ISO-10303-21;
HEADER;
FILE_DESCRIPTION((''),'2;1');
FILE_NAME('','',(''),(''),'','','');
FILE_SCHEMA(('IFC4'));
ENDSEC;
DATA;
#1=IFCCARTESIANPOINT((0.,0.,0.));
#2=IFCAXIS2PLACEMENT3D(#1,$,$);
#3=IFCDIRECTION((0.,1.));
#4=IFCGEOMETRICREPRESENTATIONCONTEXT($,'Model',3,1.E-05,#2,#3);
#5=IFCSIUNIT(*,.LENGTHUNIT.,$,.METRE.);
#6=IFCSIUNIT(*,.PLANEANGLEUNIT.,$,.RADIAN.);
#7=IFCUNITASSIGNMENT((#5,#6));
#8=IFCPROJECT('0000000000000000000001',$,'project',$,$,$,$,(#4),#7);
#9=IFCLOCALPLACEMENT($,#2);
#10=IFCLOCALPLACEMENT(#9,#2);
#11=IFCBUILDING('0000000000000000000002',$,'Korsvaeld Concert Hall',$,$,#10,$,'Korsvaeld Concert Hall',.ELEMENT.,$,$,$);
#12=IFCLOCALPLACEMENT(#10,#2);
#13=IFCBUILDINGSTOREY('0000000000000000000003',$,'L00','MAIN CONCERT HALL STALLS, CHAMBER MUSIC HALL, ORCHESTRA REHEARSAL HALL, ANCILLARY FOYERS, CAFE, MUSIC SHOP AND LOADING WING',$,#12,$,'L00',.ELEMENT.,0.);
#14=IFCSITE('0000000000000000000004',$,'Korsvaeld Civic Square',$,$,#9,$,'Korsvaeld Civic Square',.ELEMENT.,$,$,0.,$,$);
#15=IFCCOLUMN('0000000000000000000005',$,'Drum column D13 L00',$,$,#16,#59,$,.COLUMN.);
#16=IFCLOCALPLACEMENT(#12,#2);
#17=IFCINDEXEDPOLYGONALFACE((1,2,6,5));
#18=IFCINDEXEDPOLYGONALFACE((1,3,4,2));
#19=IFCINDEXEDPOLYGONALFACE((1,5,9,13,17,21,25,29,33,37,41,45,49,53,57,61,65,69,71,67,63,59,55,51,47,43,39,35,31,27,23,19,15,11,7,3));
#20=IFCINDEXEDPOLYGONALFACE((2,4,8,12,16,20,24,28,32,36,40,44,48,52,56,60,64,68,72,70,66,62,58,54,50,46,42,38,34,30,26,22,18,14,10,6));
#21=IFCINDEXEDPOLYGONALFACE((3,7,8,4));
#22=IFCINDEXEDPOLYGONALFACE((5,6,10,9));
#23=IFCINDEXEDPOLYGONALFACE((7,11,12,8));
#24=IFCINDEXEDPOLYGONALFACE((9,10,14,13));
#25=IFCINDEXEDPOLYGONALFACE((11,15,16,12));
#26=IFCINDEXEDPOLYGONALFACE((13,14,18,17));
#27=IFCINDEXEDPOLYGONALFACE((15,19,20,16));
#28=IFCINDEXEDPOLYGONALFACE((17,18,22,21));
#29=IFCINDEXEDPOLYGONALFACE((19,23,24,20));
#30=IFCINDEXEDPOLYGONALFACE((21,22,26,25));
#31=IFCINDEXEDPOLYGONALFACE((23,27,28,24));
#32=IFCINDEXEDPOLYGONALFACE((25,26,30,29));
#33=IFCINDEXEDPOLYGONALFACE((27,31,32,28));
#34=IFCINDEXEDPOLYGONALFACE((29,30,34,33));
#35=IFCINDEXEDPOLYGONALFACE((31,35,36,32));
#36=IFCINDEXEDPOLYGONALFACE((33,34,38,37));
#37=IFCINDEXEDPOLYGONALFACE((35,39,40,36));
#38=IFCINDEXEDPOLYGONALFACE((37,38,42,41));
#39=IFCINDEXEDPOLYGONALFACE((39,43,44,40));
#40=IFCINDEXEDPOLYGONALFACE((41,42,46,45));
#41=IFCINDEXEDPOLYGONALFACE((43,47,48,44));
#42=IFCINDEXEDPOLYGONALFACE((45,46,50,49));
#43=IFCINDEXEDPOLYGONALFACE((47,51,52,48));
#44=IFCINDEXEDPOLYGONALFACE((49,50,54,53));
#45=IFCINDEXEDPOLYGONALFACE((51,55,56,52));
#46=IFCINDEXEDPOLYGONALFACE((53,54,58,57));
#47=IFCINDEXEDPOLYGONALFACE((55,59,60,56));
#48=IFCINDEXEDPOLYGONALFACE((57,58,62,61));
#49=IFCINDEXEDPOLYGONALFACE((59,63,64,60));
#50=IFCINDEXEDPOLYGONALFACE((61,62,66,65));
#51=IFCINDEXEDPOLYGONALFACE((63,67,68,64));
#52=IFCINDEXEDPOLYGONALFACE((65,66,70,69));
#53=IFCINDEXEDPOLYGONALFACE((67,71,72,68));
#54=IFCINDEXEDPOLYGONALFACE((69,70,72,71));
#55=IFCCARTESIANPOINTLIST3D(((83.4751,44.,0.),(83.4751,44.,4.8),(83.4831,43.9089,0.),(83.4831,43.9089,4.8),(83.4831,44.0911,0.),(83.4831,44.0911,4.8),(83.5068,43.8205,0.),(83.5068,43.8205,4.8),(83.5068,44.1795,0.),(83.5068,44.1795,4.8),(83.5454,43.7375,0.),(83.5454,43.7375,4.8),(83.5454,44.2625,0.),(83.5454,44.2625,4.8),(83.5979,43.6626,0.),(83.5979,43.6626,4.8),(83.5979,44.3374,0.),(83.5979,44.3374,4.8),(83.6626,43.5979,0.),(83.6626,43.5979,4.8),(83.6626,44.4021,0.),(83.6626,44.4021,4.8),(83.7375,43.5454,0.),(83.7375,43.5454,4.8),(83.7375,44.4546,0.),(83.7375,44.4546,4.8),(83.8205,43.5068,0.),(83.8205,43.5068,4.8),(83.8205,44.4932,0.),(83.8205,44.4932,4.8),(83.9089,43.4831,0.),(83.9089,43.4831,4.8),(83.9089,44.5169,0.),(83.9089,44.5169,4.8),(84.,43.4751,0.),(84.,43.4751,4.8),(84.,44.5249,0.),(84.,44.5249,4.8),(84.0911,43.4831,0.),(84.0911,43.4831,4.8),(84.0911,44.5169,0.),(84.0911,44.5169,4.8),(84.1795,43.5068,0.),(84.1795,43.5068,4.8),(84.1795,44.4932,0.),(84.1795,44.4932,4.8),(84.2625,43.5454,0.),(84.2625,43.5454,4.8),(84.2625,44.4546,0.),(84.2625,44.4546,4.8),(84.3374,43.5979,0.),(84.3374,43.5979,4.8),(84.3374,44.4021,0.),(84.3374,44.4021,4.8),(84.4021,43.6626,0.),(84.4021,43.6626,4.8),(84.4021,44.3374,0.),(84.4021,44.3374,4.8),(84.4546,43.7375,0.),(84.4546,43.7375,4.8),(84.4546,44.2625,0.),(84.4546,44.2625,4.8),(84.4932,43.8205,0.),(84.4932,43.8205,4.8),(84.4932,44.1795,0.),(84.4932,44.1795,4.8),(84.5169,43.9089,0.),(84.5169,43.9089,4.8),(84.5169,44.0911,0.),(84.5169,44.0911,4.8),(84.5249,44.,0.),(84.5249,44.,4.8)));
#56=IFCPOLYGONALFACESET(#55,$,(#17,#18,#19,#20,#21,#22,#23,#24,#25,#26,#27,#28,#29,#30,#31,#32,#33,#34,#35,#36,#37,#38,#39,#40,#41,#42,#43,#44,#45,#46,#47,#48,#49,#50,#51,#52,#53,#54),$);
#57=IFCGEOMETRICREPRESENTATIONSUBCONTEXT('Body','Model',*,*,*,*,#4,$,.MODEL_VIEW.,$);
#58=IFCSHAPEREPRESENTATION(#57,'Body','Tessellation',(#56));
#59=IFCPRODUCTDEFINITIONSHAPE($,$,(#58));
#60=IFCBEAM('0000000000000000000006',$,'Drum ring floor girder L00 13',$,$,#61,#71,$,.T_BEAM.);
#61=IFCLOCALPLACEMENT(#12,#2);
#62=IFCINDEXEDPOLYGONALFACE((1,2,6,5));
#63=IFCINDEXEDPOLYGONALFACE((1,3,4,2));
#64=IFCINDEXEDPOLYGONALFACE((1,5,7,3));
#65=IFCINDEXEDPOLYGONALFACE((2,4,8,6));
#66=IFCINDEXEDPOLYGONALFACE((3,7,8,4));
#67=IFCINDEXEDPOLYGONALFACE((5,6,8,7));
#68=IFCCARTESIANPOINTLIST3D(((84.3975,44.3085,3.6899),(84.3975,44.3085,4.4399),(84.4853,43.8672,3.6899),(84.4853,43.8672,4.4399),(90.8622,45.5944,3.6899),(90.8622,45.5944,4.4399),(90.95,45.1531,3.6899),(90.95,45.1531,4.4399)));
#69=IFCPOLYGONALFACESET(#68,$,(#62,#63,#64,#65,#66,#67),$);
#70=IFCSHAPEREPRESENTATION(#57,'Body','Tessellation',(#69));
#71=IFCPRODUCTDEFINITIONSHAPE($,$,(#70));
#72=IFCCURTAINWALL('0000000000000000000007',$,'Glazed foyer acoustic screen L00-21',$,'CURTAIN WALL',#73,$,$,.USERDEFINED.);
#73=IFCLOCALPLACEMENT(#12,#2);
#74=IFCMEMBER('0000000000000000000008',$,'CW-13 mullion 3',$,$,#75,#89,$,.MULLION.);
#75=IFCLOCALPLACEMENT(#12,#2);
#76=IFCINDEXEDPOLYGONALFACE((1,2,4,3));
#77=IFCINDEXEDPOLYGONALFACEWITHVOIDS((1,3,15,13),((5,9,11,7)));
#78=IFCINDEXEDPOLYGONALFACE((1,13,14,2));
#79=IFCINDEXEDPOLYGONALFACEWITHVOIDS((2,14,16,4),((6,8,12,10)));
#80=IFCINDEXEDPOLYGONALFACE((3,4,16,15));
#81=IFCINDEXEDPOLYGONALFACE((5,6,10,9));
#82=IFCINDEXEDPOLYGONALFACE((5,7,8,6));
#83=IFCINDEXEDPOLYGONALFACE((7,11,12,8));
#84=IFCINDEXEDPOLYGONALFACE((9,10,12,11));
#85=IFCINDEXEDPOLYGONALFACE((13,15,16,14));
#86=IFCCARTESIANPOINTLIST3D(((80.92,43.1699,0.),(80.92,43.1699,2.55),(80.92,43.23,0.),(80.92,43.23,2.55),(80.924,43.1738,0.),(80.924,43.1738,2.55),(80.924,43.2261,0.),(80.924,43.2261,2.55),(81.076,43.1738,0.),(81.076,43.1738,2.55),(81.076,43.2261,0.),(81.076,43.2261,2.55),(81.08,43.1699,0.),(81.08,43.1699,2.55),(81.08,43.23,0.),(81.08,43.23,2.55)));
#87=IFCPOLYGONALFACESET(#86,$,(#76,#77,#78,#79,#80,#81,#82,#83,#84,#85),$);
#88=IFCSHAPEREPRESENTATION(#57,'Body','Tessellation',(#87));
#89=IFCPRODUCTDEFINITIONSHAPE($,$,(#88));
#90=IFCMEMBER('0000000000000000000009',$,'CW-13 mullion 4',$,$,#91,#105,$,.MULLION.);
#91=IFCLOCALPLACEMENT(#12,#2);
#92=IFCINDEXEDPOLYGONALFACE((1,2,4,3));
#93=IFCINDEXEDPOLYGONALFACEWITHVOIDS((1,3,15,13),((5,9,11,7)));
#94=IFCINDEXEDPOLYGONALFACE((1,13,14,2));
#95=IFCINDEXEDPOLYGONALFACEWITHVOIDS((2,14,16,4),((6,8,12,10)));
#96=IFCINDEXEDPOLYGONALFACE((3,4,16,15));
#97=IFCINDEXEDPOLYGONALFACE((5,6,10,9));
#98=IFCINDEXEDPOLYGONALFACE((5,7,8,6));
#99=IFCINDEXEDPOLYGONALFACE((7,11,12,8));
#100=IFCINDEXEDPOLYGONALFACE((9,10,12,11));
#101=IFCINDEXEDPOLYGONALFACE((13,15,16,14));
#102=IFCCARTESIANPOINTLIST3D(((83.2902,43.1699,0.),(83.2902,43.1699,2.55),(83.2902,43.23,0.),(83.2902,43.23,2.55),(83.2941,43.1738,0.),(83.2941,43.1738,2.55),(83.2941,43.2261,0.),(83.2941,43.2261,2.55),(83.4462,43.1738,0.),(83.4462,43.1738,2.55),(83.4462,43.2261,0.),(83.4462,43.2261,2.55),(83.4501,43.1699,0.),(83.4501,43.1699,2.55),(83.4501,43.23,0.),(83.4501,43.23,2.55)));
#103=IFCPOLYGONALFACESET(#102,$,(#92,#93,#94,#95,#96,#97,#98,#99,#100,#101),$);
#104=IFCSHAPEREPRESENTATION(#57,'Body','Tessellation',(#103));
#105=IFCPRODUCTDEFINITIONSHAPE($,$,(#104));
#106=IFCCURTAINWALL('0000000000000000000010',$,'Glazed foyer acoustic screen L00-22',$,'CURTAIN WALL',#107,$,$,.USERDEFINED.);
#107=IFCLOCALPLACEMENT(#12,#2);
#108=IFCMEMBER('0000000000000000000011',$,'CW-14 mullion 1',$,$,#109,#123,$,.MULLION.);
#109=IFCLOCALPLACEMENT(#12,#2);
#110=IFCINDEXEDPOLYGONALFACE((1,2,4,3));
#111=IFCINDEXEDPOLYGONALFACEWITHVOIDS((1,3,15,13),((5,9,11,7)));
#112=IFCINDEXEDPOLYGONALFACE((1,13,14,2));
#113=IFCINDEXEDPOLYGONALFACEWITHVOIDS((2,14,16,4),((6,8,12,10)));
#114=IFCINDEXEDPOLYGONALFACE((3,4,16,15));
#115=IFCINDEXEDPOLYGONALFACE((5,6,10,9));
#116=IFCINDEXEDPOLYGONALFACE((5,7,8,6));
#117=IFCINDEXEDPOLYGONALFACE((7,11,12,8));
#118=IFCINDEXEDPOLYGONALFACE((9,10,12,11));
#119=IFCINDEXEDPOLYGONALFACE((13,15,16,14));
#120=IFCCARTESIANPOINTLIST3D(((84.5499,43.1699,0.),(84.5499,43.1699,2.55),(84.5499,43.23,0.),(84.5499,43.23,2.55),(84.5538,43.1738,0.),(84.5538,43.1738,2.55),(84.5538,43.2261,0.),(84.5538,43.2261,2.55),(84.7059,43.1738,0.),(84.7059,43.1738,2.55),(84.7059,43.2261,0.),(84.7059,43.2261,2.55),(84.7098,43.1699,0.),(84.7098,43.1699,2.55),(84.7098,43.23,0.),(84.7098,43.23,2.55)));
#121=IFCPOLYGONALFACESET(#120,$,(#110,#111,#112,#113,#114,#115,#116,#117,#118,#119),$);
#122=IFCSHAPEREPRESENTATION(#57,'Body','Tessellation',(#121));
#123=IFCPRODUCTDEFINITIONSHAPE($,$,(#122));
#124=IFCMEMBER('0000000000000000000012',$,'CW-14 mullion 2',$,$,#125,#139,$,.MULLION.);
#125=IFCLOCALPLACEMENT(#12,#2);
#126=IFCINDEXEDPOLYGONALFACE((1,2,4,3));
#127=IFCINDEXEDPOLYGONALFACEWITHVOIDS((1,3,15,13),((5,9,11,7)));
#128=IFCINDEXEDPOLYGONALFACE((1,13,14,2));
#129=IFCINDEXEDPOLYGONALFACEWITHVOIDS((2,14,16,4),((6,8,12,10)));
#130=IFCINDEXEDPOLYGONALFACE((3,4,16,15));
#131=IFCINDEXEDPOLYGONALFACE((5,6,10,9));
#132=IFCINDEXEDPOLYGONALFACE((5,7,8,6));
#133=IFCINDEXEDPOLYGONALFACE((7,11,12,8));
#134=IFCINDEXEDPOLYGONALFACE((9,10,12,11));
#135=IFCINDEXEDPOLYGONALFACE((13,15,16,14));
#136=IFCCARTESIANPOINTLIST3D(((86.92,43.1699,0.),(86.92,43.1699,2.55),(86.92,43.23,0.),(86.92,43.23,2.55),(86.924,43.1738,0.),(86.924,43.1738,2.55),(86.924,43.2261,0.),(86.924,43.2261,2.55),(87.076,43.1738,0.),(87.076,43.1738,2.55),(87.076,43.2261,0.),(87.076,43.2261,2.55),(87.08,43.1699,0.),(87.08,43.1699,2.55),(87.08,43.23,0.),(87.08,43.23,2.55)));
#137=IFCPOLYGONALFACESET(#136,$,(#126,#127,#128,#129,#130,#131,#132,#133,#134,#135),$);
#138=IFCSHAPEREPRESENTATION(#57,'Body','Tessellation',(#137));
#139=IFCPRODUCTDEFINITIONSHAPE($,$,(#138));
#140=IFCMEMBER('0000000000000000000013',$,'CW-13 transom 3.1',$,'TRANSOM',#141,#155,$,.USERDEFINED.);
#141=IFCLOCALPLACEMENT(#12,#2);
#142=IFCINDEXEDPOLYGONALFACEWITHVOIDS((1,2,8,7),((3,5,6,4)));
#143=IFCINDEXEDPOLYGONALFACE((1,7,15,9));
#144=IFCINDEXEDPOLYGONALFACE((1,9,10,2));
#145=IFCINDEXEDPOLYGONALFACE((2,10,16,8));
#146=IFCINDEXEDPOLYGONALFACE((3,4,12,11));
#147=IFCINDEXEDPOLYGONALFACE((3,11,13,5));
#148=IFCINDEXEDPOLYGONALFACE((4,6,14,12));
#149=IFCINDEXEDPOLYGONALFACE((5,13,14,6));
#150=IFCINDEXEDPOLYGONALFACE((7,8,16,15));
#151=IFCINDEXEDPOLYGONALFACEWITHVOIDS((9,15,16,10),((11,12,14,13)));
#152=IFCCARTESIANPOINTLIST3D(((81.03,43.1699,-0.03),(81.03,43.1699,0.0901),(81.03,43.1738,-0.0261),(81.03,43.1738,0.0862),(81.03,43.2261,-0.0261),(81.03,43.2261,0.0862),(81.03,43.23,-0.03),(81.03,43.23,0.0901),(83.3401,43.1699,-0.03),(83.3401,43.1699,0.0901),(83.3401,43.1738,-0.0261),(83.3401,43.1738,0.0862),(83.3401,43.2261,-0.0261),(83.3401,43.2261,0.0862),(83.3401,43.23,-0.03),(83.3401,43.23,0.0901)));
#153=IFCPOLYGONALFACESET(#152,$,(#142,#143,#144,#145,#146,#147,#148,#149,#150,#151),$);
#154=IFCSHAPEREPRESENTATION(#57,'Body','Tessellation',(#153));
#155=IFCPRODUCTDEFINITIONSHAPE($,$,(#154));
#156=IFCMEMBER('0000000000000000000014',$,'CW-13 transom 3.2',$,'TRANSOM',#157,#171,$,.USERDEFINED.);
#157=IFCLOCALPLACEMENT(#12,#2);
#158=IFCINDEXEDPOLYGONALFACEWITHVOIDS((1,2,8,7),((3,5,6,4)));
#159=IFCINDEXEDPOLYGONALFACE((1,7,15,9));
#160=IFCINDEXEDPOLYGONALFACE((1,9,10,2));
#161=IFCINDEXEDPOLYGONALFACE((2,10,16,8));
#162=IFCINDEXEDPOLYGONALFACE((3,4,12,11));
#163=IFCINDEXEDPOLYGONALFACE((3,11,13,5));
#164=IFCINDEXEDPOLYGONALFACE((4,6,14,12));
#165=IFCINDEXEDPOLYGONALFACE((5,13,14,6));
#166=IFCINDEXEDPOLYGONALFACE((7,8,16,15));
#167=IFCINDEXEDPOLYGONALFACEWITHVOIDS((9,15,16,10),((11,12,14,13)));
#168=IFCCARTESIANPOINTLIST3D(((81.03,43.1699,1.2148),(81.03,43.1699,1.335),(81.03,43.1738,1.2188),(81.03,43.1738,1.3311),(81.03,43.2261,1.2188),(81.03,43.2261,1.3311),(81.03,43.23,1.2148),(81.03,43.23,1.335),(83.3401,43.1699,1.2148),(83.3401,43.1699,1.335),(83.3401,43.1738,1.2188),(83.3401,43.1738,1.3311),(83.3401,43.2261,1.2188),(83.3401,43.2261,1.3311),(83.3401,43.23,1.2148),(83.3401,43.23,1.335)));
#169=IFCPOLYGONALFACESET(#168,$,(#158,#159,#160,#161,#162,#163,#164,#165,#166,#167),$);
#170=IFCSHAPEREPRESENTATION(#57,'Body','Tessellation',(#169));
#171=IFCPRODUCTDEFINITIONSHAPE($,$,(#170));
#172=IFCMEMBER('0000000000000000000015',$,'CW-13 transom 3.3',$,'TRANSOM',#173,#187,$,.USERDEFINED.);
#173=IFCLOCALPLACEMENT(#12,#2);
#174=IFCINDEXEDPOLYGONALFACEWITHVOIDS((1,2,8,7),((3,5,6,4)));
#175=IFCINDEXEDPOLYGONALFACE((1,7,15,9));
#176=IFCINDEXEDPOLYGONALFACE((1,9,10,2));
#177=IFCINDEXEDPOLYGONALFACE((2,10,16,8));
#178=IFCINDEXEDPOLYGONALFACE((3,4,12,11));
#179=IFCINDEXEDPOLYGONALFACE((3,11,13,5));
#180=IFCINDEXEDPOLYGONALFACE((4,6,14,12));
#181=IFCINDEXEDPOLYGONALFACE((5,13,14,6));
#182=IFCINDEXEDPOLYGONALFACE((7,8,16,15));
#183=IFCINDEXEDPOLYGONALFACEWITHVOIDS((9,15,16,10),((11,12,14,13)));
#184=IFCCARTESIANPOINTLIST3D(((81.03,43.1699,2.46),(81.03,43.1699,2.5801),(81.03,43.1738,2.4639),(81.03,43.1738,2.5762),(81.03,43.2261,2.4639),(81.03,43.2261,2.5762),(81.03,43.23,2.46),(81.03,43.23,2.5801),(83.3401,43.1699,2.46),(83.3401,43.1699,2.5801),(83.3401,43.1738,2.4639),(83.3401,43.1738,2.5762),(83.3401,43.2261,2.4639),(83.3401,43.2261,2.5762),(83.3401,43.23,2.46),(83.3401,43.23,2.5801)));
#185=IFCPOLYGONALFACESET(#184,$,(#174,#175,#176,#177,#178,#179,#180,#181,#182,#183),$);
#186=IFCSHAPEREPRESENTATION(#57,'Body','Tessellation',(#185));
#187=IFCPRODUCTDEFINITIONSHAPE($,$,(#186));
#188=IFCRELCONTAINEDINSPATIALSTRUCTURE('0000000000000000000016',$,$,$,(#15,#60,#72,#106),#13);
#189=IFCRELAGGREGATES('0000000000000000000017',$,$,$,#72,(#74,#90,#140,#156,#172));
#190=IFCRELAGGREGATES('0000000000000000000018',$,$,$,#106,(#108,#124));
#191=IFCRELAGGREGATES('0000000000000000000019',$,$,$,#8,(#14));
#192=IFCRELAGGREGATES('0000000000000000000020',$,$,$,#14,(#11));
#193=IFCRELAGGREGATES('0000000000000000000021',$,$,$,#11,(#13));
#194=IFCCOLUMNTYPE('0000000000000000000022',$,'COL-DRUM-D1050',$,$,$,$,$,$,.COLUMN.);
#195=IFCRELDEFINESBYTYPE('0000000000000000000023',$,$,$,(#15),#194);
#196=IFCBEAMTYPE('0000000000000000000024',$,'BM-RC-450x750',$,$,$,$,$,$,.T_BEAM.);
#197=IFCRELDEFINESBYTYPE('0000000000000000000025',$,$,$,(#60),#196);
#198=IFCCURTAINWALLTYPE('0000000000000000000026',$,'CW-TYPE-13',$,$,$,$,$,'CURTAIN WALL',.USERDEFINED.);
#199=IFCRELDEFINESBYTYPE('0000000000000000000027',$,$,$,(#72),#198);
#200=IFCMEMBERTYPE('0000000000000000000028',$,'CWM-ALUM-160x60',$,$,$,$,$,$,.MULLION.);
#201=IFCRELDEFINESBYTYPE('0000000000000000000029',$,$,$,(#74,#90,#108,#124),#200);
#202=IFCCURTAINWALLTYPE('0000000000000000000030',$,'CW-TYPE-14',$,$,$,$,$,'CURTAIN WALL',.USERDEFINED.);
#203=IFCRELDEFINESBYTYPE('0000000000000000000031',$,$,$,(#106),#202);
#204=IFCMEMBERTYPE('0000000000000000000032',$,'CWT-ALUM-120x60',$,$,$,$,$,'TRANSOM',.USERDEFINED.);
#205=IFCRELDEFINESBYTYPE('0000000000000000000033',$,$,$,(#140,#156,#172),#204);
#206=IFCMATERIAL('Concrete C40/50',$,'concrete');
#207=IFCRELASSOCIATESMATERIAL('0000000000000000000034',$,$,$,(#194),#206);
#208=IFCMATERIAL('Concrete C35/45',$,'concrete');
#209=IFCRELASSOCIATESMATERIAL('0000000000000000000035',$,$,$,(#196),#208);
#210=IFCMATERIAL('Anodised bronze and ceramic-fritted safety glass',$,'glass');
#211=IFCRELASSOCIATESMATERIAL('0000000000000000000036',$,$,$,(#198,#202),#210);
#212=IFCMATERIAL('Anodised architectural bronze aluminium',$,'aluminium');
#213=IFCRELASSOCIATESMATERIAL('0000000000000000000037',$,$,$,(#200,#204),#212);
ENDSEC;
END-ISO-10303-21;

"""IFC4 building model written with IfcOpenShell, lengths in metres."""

from ifc_helpers import new_model, si_unit, direction, frame, origin, origin_2d, place, context, subcontext, project, spatial, rectangle, hollow_rectangle, circle, extrude, material, material_profile, profile_set, type_object, element, aggregate, save


model = new_model("IFC4")

# Units and contexts
model_context = context("Model", 3, precision=1e-05, world=origin(), true_north=direction((0.0, 1.0)))
body_context = subcontext(model_context, "Body", "Model", "MODEL_VIEW")
ifc_project = project(units=[si_unit("LENGTHUNIT", "METRE"), si_unit("PLANEANGLEUNIT", "RADIAN")], contexts=[model_context])

# Site, building, storey
site_placement = place(None, origin())
site = spatial("IfcSite", under=ifc_project, at=site_placement, Name="Korsvaeld Civic Square", LongName="Korsvaeld Civic Square", CompositionType="ELEMENT", RefElevation=0.0)
building_placement = place(site_placement, origin())
building = spatial("IfcBuilding", under=site, at=building_placement, Name="Korsvaeld Concert Hall", LongName="Korsvaeld Concert Hall", CompositionType="ELEMENT")
storey_placement = place(building_placement, origin())
storey = spatial("IfcBuildingStorey", under=building, at=storey_placement, Name="L00", Description="MAIN CONCERT HALL STALLS, CHAMBER MUSIC HALL, ORCHESTRA REHEARSAL HALL, ANCILLARY FOYERS, CAFE, MUSIC SHOP AND LOADING WING", LongName="L00", CompositionType="ELEMENT", Elevation=0.0)

# Column
ifc_material_1 = material(Name="Concrete C40/50", Category="concrete")
ifc_material_profile_1 = material_profile(ifc_material_1, circle(Radius=0.5249, at=origin_2d()), Name="RC D1050")
ifc_profile_set_1 = profile_set([ifc_material_profile_1], Name="Concrete C40/50")
column_type = type_object("IfcColumnType", Name="COL-DRUM-D1050", PredefinedType="COLUMN", material=ifc_profile_set_1)
column_placement = place(storey_placement, frame((84.0, 44.0, 0.0), z_axis=(0.0, 0.0, 1.0), x_axis=(1.0, 0.0, 0.0)))
element("IfcColumn", 1, at=column_placement, inside=storey, type_object=column_type, Name="Drum column D13 L00", PredefinedType="COLUMN", context=body_context, shape_type="SweptSolid", body=[
    extrude(circle(Radius=0.5249, at=origin_2d()), origin(), (0.0, 0.0, 1.0), 4.8),
])

# Beam
ifc_material_2 = material(Name="Concrete C35/45", Category="concrete")
ifc_material_profile_2 = material_profile(ifc_material_2, rectangle(XDim=0.45, YDim=0.75, at=origin_2d()), Name="RC 450x750")
ifc_profile_set_2 = profile_set([ifc_material_profile_2], Name="Concrete C35/45")
beam_type = type_object("IfcBeamType", Name="BM-RC-450x750", PredefinedType="T_BEAM", material=ifc_profile_set_2)
beam_placement = place(storey_placement, frame((84.4414, 44.0879, 4.0649), z_axis=(0.980785, 0.19509, 0.0), x_axis=(-0.19509, 0.980785, 0.0)))
element("IfcBeam", 2, at=beam_placement, inside=storey, type_object=beam_type, Name="Drum ring floor girder L00 13", PredefinedType="T_BEAM", context=body_context, shape_type="SweptSolid", body=[
    extrude(rectangle(XDim=0.45, YDim=0.75, at=origin_2d()), origin(), (0.0, 0.0, 1.0), 6.5913),
])

# Curtain walls, members
ifc_material_3 = material(Name="Anodised bronze and ceramic-fritted safety glass", Category="glass")
curtain_wall_type_1 = type_object("IfcCurtainWallType", Name="CW-TYPE-13", ElementType="CURTAIN WALL", PredefinedType="USERDEFINED", material=ifc_material_3)
curtain_wall_1_placement = place(storey_placement, origin())
curtain_wall_1 = element("IfcCurtainWall", 3, at=curtain_wall_1_placement, inside=storey, type_object=curtain_wall_type_1, Name="Glazed foyer acoustic screen L00-21", ObjectType="CURTAIN WALL", PredefinedType="USERDEFINED")
ifc_material_4 = material(Name="Anodised architectural bronze aluminium", Category="aluminium")
ifc_material_profile_3 = material_profile(ifc_material_4, hollow_rectangle(XDim=0.0601, YDim=0.1599, WallThickness=0.0039, at=origin_2d()), Name="CWM 160x60x4")
ifc_profile_set_3 = profile_set([ifc_material_profile_3], Name="Anodised architectural bronze aluminium")
member_type_1 = type_object("IfcMemberType", Name="CWM-ALUM-160x60", PredefinedType="MULLION", material=ifc_profile_set_3)
member_1_placement = place(storey_placement, frame((81.0, 43.2, 0.0), z_axis=(0.0, 0.0, 1.0), x_axis=(0.0, 1.0, 0.0)))
member_1 = element("IfcMember", 4, at=member_1_placement, type_object=member_type_1, Name="CW-13 mullion 3", PredefinedType="MULLION", context=body_context, shape_type="SweptSolid", body=[
    extrude(hollow_rectangle(XDim=0.0601, YDim=0.1599, WallThickness=0.0039, at=origin_2d()), origin(), (0.0, 0.0, 1.0), 2.55),
])
member_2_placement = place(storey_placement, frame((83.3701, 43.2, 0.0), z_axis=(0.0, 0.0, 1.0), x_axis=(0.0, 1.0, 0.0)))
member_2 = element("IfcMember", 5, at=member_2_placement, type_object=member_type_1, Name="CW-13 mullion 4", PredefinedType="MULLION", context=body_context, shape_type="SweptSolid", body=[
    extrude(hollow_rectangle(XDim=0.0601, YDim=0.1599, WallThickness=0.0039, at=origin_2d()), origin(), (0.0, 0.0, 1.0), 2.55),
])
curtain_wall_type_2 = type_object("IfcCurtainWallType", Name="CW-TYPE-14", ElementType="CURTAIN WALL", PredefinedType="USERDEFINED", material=ifc_material_3)
curtain_wall_2_placement = place(storey_placement, origin())
curtain_wall_2 = element("IfcCurtainWall", 6, at=curtain_wall_2_placement, inside=storey, type_object=curtain_wall_type_2, Name="Glazed foyer acoustic screen L00-22", ObjectType="CURTAIN WALL", PredefinedType="USERDEFINED")
member_3_placement = place(storey_placement, frame((84.6299, 43.2, 0.0), z_axis=(0.0, 0.0, 1.0), x_axis=(0.0, 1.0, 0.0)))
member_3 = element("IfcMember", 7, at=member_3_placement, type_object=member_type_1, Name="CW-14 mullion 1", PredefinedType="MULLION", context=body_context, shape_type="SweptSolid", body=[
    extrude(hollow_rectangle(XDim=0.0601, YDim=0.1599, WallThickness=0.0039, at=origin_2d()), origin(), (0.0, 0.0, 1.0), 2.55),
])
member_4_placement = place(storey_placement, frame((87.0, 43.2, 0.0), z_axis=(0.0, 0.0, 1.0), x_axis=(0.0, 1.0, 0.0)))
member_4 = element("IfcMember", 8, at=member_4_placement, type_object=member_type_1, Name="CW-14 mullion 2", PredefinedType="MULLION", context=body_context, shape_type="SweptSolid", body=[
    extrude(hollow_rectangle(XDim=0.0601, YDim=0.1599, WallThickness=0.0039, at=origin_2d()), origin(), (0.0, 0.0, 1.0), 2.55),
])

# Members
ifc_material_profile_4 = material_profile(ifc_material_4, hollow_rectangle(XDim=0.0601, YDim=0.1201, WallThickness=0.0039, at=origin_2d()), Name="CWT 120x60x4")
ifc_profile_set_4 = profile_set([ifc_material_profile_4], Name="Anodised architectural bronze aluminium")
member_type_2 = type_object("IfcMemberType", Name="CWT-ALUM-120x60", ElementType="TRANSOM", PredefinedType="USERDEFINED", material=ifc_profile_set_4)
member_5_placement = place(storey_placement, frame((81.03, 43.2, 0.03), z_axis=(1.0, 0.0, 0.0), x_axis=(0.0, 1.0, 0.0)))
member_5 = element("IfcMember", 9, at=member_5_placement, type_object=member_type_2, Name="CW-13 transom 3.1", ObjectType="TRANSOM", PredefinedType="USERDEFINED", context=body_context, shape_type="SweptSolid", body=[
    extrude(hollow_rectangle(XDim=0.0601, YDim=0.1201, WallThickness=0.0039, at=origin_2d()), origin(), (0.0, 0.0, 1.0), 2.3101),
])
member_6_placement = place(storey_placement, frame((81.03, 43.2, 1.2749), z_axis=(1.0, 0.0, 0.0), x_axis=(0.0, 1.0, 0.0)))
member_6 = element("IfcMember", 10, at=member_6_placement, type_object=member_type_2, Name="CW-13 transom 3.2", ObjectType="TRANSOM", PredefinedType="USERDEFINED", context=body_context, shape_type="SweptSolid", body=[
    extrude(hollow_rectangle(XDim=0.0601, YDim=0.1201, WallThickness=0.0039, at=origin_2d()), origin(), (0.0, 0.0, 1.0), 2.3101),
])
member_7_placement = place(storey_placement, frame((81.03, 43.2, 2.52), z_axis=(1.0, 0.0, 0.0), x_axis=(0.0, 1.0, 0.0)))
member_7 = element("IfcMember", 11, at=member_7_placement, type_object=member_type_2, Name="CW-13 transom 3.3", ObjectType="TRANSOM", PredefinedType="USERDEFINED", context=body_context, shape_type="SweptSolid", body=[
    extrude(hollow_rectangle(XDim=0.0601, YDim=0.1201, WallThickness=0.0039, at=origin_2d()), origin(), (0.0, 0.0, 1.0), 2.3101),
])

aggregate(curtain_wall_1, [member_1, member_2, member_5, member_6, member_7])
aggregate(curtain_wall_2, [member_3, member_4])

save(model, "model.ifc")
